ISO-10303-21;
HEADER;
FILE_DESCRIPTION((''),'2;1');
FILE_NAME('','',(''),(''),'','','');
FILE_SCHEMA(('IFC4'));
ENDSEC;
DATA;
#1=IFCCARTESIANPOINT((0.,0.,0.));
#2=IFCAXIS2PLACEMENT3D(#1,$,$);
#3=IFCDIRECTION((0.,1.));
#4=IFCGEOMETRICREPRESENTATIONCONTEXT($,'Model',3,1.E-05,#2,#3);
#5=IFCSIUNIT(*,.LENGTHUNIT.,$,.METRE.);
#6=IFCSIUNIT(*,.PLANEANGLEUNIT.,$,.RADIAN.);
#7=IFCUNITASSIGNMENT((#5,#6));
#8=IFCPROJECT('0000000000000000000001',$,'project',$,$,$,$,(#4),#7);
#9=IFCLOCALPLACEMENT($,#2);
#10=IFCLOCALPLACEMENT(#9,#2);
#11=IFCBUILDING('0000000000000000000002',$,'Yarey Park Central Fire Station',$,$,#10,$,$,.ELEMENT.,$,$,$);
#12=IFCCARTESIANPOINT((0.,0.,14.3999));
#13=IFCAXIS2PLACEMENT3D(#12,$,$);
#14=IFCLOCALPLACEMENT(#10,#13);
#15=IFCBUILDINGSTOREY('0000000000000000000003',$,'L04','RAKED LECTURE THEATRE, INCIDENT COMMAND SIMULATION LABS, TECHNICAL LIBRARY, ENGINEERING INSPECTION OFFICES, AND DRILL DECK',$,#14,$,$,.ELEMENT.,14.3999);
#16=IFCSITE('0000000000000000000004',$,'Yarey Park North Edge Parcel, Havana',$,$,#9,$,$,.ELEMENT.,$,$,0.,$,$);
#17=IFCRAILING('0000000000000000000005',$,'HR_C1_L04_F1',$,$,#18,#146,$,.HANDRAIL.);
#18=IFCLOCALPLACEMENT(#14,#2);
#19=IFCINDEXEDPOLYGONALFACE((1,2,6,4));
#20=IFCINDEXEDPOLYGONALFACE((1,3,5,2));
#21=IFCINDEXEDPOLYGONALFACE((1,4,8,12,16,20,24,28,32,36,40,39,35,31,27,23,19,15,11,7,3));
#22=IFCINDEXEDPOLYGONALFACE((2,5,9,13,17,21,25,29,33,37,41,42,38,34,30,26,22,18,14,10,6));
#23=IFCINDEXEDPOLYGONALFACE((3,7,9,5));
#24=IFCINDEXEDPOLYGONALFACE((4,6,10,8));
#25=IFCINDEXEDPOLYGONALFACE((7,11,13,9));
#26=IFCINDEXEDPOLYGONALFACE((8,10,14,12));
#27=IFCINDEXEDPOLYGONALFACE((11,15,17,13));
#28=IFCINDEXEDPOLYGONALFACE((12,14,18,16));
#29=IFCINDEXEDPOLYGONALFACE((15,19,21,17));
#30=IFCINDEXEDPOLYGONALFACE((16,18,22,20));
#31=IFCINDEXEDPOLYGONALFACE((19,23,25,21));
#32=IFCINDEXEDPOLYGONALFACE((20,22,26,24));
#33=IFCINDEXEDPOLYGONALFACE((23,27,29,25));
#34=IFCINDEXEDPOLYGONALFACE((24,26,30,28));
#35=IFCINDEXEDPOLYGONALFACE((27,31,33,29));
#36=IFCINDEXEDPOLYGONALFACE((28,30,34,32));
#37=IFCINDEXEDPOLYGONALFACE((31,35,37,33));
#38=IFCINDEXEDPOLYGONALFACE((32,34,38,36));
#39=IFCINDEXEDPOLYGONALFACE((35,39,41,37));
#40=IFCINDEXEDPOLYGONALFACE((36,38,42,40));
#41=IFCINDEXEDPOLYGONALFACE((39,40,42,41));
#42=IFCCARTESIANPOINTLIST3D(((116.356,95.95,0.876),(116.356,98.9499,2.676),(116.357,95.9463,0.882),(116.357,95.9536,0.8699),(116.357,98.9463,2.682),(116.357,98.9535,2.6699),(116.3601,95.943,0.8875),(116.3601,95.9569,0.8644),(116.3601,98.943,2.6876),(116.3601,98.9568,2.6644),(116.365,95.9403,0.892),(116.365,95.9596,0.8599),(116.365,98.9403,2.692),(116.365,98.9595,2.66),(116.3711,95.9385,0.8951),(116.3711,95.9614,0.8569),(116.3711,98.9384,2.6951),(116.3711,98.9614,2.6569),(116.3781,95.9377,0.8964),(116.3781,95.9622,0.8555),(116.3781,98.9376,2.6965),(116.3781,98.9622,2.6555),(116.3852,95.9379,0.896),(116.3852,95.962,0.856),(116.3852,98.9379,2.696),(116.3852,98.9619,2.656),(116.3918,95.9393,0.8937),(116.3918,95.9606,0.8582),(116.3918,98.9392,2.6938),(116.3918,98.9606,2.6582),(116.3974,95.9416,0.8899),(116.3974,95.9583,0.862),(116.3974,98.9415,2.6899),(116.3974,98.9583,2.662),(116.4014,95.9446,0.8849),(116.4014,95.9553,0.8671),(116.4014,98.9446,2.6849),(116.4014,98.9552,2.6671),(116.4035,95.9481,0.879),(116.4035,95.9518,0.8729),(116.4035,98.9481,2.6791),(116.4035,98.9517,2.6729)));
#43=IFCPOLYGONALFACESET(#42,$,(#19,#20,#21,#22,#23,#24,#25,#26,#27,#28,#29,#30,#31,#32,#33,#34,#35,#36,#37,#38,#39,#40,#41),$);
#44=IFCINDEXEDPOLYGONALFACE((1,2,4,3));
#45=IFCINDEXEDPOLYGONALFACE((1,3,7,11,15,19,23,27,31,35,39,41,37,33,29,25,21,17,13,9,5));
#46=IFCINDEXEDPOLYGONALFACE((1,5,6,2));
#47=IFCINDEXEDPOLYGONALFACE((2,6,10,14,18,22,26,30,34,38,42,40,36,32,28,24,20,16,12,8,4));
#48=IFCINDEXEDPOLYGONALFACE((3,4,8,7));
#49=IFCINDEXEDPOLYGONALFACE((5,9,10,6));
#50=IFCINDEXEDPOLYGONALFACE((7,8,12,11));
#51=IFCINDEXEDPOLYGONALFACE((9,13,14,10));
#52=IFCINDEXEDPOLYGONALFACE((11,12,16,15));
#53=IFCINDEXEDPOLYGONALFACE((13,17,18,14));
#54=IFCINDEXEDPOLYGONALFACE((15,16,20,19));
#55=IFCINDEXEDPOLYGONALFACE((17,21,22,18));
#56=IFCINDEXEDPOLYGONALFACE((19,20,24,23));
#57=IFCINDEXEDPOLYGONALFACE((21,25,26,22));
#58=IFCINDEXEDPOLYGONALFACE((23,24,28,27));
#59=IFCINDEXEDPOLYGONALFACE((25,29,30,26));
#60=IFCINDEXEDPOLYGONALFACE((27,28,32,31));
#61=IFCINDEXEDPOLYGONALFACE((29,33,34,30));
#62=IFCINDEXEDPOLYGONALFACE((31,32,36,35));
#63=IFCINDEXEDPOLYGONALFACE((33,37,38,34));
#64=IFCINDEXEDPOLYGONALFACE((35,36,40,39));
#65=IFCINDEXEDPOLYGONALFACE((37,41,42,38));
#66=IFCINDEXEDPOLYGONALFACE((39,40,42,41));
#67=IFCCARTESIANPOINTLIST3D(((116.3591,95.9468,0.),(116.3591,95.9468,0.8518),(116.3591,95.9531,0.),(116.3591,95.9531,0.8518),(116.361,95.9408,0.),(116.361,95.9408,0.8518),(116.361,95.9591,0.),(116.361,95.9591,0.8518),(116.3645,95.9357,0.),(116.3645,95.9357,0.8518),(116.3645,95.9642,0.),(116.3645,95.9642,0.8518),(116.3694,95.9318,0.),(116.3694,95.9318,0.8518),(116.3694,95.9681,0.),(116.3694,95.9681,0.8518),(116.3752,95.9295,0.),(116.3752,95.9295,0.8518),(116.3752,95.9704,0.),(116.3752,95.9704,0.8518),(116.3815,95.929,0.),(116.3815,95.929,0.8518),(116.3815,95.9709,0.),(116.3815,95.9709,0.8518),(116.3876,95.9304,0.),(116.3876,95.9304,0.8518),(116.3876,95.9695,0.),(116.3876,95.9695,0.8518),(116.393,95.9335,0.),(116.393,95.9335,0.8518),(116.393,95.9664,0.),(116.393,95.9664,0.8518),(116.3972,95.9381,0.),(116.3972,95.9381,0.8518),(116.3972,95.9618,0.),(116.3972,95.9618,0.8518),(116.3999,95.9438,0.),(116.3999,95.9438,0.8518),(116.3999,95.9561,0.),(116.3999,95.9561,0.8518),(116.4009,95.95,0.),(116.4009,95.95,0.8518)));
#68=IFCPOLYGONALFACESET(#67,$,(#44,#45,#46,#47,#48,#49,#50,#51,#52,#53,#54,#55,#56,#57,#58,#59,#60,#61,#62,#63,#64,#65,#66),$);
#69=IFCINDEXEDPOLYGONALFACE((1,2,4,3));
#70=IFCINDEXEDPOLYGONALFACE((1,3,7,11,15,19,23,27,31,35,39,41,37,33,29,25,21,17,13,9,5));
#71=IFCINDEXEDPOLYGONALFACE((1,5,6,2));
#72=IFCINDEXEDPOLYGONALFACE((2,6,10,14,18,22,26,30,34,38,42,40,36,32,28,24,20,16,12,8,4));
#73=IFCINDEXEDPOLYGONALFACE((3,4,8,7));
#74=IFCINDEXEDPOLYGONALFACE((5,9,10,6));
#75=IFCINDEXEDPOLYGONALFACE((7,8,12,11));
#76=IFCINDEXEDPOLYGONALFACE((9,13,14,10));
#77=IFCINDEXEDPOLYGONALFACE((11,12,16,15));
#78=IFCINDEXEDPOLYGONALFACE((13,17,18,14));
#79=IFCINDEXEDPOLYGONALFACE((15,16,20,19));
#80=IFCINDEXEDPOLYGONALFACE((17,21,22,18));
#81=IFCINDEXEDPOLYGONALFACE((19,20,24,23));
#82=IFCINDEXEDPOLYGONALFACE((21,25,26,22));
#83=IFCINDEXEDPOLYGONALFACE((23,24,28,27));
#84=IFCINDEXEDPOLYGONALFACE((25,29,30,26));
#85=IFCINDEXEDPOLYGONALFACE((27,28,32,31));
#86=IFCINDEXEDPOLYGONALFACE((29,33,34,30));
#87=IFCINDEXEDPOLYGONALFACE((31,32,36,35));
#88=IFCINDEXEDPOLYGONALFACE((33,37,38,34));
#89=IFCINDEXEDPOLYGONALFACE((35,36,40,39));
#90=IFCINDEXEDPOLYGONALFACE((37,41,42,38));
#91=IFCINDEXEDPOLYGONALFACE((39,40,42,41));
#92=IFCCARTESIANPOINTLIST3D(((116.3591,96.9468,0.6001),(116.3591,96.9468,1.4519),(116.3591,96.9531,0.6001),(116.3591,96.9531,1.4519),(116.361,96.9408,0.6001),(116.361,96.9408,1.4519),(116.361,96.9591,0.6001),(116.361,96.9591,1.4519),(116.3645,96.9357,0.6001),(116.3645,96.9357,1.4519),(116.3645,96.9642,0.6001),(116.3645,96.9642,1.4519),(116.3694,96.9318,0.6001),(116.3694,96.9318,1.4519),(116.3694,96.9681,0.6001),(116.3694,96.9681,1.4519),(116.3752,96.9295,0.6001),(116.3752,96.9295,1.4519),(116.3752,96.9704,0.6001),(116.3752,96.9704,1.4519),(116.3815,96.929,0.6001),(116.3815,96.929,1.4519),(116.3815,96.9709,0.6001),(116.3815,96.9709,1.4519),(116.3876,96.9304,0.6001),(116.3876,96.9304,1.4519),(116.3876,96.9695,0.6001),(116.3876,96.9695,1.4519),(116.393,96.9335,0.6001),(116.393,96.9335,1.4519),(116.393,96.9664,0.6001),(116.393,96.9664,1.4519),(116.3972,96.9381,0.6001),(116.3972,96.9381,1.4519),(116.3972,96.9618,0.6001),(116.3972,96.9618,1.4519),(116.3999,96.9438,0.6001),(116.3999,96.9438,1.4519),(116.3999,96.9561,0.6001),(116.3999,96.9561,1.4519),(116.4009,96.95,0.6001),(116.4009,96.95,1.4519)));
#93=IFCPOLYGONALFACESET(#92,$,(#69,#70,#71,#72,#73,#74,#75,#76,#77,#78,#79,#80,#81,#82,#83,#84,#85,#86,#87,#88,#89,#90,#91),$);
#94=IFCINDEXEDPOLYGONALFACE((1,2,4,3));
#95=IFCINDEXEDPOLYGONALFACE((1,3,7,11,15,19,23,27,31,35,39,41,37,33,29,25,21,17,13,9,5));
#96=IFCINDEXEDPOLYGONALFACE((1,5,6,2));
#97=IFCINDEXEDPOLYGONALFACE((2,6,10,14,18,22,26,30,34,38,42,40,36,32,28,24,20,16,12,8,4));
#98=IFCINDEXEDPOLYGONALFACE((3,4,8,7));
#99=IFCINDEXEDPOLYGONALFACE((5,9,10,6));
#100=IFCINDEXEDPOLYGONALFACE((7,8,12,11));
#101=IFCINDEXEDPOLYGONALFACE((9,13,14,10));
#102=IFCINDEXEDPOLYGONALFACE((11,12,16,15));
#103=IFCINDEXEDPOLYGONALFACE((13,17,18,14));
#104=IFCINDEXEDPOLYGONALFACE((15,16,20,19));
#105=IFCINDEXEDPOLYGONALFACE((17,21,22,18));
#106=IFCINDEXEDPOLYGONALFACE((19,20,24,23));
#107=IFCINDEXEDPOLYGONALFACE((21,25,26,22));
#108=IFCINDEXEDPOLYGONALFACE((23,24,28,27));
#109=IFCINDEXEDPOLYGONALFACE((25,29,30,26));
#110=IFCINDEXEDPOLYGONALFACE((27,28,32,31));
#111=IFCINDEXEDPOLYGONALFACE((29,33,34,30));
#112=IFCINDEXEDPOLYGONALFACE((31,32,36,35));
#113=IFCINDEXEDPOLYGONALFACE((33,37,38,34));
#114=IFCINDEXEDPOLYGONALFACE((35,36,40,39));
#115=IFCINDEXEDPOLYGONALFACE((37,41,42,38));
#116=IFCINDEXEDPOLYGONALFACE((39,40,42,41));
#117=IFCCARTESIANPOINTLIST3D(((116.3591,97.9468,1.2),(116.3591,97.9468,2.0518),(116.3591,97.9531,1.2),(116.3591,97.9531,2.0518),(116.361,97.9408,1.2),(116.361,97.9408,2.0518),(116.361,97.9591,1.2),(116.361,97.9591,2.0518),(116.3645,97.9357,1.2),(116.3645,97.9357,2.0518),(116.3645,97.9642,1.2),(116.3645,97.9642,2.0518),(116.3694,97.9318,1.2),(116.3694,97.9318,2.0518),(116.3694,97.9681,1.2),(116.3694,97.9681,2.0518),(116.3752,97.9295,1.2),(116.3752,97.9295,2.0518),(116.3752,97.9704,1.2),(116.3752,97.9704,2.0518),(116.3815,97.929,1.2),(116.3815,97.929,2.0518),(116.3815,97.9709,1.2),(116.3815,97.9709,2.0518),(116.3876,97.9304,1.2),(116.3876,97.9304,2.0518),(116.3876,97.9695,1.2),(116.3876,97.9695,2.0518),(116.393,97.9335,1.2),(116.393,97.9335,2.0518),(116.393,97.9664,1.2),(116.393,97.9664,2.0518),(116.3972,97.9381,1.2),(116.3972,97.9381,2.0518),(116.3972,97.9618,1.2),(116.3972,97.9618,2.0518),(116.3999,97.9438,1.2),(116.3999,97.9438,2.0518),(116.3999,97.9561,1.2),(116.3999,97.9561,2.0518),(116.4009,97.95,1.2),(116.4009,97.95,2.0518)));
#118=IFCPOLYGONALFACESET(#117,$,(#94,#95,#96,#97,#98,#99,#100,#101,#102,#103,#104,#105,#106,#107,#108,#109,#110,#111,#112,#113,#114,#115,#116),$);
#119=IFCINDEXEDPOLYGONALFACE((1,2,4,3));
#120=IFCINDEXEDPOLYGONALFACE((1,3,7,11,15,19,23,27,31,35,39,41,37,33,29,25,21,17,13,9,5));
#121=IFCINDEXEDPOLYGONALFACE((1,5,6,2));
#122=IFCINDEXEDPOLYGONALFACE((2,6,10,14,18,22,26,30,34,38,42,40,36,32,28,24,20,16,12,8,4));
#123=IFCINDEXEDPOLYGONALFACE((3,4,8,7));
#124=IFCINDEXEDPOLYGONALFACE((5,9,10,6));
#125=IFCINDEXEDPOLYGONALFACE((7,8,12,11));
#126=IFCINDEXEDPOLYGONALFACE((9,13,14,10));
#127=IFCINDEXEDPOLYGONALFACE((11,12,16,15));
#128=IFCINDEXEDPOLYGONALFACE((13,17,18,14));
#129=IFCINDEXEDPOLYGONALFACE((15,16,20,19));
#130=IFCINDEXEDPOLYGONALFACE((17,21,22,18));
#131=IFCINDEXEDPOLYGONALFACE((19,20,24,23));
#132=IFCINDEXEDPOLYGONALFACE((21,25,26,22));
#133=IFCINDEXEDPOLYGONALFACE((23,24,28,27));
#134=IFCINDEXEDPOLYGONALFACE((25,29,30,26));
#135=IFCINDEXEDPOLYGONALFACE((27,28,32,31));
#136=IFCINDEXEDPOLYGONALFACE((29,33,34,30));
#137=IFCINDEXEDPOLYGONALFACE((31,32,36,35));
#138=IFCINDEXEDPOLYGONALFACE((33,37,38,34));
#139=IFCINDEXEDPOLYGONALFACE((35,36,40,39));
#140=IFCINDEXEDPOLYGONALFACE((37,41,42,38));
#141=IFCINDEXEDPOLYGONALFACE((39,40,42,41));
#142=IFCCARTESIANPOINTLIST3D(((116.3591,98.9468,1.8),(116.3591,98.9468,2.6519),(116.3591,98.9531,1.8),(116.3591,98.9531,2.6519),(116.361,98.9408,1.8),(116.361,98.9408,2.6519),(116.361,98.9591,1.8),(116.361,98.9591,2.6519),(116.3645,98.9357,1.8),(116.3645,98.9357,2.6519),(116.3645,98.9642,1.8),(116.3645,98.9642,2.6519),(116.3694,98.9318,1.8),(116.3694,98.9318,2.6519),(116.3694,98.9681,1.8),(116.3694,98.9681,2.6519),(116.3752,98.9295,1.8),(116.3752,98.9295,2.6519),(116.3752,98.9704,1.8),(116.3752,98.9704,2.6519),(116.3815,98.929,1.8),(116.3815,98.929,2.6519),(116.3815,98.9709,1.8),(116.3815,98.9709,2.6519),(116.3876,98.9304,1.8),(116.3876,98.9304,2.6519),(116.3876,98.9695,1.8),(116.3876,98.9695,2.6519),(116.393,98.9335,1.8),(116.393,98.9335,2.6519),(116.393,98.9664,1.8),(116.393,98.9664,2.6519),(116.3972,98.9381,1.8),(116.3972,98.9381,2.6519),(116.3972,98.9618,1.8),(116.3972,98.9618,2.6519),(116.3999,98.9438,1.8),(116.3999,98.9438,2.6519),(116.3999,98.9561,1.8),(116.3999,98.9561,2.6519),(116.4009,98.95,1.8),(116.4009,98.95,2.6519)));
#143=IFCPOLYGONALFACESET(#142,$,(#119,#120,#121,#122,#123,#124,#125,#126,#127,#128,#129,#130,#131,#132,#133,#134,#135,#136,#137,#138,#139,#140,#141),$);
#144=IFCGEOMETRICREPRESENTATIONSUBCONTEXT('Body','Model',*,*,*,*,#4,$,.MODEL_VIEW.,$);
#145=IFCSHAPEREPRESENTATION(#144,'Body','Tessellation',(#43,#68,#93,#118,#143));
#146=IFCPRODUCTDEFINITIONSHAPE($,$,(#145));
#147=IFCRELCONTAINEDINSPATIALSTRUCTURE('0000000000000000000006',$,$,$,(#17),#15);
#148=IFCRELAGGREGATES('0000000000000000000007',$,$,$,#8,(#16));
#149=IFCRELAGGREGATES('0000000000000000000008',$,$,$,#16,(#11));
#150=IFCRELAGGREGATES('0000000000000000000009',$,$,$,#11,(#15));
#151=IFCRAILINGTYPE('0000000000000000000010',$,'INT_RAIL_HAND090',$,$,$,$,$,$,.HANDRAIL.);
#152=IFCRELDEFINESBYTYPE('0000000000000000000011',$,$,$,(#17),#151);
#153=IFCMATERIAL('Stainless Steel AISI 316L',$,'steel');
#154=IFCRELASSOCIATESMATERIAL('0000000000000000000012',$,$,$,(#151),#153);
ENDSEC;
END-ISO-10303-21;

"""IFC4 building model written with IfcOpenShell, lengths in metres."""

from ifc_helpers import new_model, si_unit, direction, frame, origin, origin_2d, place, context, subcontext, project, spatial, circle, extrude, material, type_object, element, save


model = new_model("IFC4")

# Units and contexts
model_context = context("Model", 3, precision=1e-05, world=origin(), true_north=direction((0.0, 1.0)))
body_context = subcontext(model_context, "Body", "Model", "MODEL_VIEW")
ifc_project = project(units=[si_unit("LENGTHUNIT", "METRE"), si_unit("PLANEANGLEUNIT", "RADIAN")], contexts=[model_context])

# Site, building, storey
site_placement = place(None, origin())
site = spatial("IfcSite", under=ifc_project, at=site_placement, Name="Yarey Park North Edge Parcel, Havana", CompositionType="ELEMENT", RefElevation=0.0)
building_placement = place(site_placement, origin())
building = spatial("IfcBuilding", under=site, at=building_placement, Name="Yarey Park Central Fire Station", CompositionType="ELEMENT")
storey_placement = place(building_placement, frame((0.0, 0.0, 14.3999)))
storey = spatial("IfcBuildingStorey", under=building, at=storey_placement, Name="L04", Description="RAKED LECTURE THEATRE, INCIDENT COMMAND SIMULATION LABS, TECHNICAL LIBRARY, ENGINEERING INSPECTION OFFICES, AND DRILL DECK", CompositionType="ELEMENT", Elevation=14.3999)

# Railing
ifc_material_1 = material(Name="Stainless Steel AISI 316L", Category="steel")
railing_type_1 = type_object("IfcRailingType", Name="INT_RAIL_HAND090", PredefinedType="HANDRAIL", material=ifc_material_1)
railing_1_placement = place(storey_placement, frame((116.3799, 95.95, 0.0)))
element("IfcRailing", 1, at=railing_1_placement, inside=storey, type_object=railing_type_1, Name="HR_C1_L04_F1", PredefinedType="HANDRAIL", context=body_context, shape_type="SweptSolid", body=[
    extrude(circle(Radius=0.0239, at=origin_2d()), frame((0.0, 0.0, 0.876), z_axis=(0.0, 0.857487, 0.514506), x_axis=(-1.0, 0.0, 0.0)), (0.0, 0.0, 1.0), 3.4985),
    extrude(circle(Radius=0.021, at=origin_2d()), origin(), (0.0, 0.0, 1.0), 0.8518),
    extrude(circle(Radius=0.021, at=origin_2d()), frame((0.0, 1.0, 0.6001)), (0.0, 0.0, 1.0), 0.8518),
    extrude(circle(Radius=0.021, at=origin_2d()), frame((0.0, 2.0, 1.2)), (0.0, 0.0, 1.0), 0.8518),
    extrude(circle(Radius=0.021, at=origin_2d()), frame((0.0, 3.0, 1.8)), (0.0, 0.0, 1.0), 0.8518),
])

save(model, "model.ifc")
